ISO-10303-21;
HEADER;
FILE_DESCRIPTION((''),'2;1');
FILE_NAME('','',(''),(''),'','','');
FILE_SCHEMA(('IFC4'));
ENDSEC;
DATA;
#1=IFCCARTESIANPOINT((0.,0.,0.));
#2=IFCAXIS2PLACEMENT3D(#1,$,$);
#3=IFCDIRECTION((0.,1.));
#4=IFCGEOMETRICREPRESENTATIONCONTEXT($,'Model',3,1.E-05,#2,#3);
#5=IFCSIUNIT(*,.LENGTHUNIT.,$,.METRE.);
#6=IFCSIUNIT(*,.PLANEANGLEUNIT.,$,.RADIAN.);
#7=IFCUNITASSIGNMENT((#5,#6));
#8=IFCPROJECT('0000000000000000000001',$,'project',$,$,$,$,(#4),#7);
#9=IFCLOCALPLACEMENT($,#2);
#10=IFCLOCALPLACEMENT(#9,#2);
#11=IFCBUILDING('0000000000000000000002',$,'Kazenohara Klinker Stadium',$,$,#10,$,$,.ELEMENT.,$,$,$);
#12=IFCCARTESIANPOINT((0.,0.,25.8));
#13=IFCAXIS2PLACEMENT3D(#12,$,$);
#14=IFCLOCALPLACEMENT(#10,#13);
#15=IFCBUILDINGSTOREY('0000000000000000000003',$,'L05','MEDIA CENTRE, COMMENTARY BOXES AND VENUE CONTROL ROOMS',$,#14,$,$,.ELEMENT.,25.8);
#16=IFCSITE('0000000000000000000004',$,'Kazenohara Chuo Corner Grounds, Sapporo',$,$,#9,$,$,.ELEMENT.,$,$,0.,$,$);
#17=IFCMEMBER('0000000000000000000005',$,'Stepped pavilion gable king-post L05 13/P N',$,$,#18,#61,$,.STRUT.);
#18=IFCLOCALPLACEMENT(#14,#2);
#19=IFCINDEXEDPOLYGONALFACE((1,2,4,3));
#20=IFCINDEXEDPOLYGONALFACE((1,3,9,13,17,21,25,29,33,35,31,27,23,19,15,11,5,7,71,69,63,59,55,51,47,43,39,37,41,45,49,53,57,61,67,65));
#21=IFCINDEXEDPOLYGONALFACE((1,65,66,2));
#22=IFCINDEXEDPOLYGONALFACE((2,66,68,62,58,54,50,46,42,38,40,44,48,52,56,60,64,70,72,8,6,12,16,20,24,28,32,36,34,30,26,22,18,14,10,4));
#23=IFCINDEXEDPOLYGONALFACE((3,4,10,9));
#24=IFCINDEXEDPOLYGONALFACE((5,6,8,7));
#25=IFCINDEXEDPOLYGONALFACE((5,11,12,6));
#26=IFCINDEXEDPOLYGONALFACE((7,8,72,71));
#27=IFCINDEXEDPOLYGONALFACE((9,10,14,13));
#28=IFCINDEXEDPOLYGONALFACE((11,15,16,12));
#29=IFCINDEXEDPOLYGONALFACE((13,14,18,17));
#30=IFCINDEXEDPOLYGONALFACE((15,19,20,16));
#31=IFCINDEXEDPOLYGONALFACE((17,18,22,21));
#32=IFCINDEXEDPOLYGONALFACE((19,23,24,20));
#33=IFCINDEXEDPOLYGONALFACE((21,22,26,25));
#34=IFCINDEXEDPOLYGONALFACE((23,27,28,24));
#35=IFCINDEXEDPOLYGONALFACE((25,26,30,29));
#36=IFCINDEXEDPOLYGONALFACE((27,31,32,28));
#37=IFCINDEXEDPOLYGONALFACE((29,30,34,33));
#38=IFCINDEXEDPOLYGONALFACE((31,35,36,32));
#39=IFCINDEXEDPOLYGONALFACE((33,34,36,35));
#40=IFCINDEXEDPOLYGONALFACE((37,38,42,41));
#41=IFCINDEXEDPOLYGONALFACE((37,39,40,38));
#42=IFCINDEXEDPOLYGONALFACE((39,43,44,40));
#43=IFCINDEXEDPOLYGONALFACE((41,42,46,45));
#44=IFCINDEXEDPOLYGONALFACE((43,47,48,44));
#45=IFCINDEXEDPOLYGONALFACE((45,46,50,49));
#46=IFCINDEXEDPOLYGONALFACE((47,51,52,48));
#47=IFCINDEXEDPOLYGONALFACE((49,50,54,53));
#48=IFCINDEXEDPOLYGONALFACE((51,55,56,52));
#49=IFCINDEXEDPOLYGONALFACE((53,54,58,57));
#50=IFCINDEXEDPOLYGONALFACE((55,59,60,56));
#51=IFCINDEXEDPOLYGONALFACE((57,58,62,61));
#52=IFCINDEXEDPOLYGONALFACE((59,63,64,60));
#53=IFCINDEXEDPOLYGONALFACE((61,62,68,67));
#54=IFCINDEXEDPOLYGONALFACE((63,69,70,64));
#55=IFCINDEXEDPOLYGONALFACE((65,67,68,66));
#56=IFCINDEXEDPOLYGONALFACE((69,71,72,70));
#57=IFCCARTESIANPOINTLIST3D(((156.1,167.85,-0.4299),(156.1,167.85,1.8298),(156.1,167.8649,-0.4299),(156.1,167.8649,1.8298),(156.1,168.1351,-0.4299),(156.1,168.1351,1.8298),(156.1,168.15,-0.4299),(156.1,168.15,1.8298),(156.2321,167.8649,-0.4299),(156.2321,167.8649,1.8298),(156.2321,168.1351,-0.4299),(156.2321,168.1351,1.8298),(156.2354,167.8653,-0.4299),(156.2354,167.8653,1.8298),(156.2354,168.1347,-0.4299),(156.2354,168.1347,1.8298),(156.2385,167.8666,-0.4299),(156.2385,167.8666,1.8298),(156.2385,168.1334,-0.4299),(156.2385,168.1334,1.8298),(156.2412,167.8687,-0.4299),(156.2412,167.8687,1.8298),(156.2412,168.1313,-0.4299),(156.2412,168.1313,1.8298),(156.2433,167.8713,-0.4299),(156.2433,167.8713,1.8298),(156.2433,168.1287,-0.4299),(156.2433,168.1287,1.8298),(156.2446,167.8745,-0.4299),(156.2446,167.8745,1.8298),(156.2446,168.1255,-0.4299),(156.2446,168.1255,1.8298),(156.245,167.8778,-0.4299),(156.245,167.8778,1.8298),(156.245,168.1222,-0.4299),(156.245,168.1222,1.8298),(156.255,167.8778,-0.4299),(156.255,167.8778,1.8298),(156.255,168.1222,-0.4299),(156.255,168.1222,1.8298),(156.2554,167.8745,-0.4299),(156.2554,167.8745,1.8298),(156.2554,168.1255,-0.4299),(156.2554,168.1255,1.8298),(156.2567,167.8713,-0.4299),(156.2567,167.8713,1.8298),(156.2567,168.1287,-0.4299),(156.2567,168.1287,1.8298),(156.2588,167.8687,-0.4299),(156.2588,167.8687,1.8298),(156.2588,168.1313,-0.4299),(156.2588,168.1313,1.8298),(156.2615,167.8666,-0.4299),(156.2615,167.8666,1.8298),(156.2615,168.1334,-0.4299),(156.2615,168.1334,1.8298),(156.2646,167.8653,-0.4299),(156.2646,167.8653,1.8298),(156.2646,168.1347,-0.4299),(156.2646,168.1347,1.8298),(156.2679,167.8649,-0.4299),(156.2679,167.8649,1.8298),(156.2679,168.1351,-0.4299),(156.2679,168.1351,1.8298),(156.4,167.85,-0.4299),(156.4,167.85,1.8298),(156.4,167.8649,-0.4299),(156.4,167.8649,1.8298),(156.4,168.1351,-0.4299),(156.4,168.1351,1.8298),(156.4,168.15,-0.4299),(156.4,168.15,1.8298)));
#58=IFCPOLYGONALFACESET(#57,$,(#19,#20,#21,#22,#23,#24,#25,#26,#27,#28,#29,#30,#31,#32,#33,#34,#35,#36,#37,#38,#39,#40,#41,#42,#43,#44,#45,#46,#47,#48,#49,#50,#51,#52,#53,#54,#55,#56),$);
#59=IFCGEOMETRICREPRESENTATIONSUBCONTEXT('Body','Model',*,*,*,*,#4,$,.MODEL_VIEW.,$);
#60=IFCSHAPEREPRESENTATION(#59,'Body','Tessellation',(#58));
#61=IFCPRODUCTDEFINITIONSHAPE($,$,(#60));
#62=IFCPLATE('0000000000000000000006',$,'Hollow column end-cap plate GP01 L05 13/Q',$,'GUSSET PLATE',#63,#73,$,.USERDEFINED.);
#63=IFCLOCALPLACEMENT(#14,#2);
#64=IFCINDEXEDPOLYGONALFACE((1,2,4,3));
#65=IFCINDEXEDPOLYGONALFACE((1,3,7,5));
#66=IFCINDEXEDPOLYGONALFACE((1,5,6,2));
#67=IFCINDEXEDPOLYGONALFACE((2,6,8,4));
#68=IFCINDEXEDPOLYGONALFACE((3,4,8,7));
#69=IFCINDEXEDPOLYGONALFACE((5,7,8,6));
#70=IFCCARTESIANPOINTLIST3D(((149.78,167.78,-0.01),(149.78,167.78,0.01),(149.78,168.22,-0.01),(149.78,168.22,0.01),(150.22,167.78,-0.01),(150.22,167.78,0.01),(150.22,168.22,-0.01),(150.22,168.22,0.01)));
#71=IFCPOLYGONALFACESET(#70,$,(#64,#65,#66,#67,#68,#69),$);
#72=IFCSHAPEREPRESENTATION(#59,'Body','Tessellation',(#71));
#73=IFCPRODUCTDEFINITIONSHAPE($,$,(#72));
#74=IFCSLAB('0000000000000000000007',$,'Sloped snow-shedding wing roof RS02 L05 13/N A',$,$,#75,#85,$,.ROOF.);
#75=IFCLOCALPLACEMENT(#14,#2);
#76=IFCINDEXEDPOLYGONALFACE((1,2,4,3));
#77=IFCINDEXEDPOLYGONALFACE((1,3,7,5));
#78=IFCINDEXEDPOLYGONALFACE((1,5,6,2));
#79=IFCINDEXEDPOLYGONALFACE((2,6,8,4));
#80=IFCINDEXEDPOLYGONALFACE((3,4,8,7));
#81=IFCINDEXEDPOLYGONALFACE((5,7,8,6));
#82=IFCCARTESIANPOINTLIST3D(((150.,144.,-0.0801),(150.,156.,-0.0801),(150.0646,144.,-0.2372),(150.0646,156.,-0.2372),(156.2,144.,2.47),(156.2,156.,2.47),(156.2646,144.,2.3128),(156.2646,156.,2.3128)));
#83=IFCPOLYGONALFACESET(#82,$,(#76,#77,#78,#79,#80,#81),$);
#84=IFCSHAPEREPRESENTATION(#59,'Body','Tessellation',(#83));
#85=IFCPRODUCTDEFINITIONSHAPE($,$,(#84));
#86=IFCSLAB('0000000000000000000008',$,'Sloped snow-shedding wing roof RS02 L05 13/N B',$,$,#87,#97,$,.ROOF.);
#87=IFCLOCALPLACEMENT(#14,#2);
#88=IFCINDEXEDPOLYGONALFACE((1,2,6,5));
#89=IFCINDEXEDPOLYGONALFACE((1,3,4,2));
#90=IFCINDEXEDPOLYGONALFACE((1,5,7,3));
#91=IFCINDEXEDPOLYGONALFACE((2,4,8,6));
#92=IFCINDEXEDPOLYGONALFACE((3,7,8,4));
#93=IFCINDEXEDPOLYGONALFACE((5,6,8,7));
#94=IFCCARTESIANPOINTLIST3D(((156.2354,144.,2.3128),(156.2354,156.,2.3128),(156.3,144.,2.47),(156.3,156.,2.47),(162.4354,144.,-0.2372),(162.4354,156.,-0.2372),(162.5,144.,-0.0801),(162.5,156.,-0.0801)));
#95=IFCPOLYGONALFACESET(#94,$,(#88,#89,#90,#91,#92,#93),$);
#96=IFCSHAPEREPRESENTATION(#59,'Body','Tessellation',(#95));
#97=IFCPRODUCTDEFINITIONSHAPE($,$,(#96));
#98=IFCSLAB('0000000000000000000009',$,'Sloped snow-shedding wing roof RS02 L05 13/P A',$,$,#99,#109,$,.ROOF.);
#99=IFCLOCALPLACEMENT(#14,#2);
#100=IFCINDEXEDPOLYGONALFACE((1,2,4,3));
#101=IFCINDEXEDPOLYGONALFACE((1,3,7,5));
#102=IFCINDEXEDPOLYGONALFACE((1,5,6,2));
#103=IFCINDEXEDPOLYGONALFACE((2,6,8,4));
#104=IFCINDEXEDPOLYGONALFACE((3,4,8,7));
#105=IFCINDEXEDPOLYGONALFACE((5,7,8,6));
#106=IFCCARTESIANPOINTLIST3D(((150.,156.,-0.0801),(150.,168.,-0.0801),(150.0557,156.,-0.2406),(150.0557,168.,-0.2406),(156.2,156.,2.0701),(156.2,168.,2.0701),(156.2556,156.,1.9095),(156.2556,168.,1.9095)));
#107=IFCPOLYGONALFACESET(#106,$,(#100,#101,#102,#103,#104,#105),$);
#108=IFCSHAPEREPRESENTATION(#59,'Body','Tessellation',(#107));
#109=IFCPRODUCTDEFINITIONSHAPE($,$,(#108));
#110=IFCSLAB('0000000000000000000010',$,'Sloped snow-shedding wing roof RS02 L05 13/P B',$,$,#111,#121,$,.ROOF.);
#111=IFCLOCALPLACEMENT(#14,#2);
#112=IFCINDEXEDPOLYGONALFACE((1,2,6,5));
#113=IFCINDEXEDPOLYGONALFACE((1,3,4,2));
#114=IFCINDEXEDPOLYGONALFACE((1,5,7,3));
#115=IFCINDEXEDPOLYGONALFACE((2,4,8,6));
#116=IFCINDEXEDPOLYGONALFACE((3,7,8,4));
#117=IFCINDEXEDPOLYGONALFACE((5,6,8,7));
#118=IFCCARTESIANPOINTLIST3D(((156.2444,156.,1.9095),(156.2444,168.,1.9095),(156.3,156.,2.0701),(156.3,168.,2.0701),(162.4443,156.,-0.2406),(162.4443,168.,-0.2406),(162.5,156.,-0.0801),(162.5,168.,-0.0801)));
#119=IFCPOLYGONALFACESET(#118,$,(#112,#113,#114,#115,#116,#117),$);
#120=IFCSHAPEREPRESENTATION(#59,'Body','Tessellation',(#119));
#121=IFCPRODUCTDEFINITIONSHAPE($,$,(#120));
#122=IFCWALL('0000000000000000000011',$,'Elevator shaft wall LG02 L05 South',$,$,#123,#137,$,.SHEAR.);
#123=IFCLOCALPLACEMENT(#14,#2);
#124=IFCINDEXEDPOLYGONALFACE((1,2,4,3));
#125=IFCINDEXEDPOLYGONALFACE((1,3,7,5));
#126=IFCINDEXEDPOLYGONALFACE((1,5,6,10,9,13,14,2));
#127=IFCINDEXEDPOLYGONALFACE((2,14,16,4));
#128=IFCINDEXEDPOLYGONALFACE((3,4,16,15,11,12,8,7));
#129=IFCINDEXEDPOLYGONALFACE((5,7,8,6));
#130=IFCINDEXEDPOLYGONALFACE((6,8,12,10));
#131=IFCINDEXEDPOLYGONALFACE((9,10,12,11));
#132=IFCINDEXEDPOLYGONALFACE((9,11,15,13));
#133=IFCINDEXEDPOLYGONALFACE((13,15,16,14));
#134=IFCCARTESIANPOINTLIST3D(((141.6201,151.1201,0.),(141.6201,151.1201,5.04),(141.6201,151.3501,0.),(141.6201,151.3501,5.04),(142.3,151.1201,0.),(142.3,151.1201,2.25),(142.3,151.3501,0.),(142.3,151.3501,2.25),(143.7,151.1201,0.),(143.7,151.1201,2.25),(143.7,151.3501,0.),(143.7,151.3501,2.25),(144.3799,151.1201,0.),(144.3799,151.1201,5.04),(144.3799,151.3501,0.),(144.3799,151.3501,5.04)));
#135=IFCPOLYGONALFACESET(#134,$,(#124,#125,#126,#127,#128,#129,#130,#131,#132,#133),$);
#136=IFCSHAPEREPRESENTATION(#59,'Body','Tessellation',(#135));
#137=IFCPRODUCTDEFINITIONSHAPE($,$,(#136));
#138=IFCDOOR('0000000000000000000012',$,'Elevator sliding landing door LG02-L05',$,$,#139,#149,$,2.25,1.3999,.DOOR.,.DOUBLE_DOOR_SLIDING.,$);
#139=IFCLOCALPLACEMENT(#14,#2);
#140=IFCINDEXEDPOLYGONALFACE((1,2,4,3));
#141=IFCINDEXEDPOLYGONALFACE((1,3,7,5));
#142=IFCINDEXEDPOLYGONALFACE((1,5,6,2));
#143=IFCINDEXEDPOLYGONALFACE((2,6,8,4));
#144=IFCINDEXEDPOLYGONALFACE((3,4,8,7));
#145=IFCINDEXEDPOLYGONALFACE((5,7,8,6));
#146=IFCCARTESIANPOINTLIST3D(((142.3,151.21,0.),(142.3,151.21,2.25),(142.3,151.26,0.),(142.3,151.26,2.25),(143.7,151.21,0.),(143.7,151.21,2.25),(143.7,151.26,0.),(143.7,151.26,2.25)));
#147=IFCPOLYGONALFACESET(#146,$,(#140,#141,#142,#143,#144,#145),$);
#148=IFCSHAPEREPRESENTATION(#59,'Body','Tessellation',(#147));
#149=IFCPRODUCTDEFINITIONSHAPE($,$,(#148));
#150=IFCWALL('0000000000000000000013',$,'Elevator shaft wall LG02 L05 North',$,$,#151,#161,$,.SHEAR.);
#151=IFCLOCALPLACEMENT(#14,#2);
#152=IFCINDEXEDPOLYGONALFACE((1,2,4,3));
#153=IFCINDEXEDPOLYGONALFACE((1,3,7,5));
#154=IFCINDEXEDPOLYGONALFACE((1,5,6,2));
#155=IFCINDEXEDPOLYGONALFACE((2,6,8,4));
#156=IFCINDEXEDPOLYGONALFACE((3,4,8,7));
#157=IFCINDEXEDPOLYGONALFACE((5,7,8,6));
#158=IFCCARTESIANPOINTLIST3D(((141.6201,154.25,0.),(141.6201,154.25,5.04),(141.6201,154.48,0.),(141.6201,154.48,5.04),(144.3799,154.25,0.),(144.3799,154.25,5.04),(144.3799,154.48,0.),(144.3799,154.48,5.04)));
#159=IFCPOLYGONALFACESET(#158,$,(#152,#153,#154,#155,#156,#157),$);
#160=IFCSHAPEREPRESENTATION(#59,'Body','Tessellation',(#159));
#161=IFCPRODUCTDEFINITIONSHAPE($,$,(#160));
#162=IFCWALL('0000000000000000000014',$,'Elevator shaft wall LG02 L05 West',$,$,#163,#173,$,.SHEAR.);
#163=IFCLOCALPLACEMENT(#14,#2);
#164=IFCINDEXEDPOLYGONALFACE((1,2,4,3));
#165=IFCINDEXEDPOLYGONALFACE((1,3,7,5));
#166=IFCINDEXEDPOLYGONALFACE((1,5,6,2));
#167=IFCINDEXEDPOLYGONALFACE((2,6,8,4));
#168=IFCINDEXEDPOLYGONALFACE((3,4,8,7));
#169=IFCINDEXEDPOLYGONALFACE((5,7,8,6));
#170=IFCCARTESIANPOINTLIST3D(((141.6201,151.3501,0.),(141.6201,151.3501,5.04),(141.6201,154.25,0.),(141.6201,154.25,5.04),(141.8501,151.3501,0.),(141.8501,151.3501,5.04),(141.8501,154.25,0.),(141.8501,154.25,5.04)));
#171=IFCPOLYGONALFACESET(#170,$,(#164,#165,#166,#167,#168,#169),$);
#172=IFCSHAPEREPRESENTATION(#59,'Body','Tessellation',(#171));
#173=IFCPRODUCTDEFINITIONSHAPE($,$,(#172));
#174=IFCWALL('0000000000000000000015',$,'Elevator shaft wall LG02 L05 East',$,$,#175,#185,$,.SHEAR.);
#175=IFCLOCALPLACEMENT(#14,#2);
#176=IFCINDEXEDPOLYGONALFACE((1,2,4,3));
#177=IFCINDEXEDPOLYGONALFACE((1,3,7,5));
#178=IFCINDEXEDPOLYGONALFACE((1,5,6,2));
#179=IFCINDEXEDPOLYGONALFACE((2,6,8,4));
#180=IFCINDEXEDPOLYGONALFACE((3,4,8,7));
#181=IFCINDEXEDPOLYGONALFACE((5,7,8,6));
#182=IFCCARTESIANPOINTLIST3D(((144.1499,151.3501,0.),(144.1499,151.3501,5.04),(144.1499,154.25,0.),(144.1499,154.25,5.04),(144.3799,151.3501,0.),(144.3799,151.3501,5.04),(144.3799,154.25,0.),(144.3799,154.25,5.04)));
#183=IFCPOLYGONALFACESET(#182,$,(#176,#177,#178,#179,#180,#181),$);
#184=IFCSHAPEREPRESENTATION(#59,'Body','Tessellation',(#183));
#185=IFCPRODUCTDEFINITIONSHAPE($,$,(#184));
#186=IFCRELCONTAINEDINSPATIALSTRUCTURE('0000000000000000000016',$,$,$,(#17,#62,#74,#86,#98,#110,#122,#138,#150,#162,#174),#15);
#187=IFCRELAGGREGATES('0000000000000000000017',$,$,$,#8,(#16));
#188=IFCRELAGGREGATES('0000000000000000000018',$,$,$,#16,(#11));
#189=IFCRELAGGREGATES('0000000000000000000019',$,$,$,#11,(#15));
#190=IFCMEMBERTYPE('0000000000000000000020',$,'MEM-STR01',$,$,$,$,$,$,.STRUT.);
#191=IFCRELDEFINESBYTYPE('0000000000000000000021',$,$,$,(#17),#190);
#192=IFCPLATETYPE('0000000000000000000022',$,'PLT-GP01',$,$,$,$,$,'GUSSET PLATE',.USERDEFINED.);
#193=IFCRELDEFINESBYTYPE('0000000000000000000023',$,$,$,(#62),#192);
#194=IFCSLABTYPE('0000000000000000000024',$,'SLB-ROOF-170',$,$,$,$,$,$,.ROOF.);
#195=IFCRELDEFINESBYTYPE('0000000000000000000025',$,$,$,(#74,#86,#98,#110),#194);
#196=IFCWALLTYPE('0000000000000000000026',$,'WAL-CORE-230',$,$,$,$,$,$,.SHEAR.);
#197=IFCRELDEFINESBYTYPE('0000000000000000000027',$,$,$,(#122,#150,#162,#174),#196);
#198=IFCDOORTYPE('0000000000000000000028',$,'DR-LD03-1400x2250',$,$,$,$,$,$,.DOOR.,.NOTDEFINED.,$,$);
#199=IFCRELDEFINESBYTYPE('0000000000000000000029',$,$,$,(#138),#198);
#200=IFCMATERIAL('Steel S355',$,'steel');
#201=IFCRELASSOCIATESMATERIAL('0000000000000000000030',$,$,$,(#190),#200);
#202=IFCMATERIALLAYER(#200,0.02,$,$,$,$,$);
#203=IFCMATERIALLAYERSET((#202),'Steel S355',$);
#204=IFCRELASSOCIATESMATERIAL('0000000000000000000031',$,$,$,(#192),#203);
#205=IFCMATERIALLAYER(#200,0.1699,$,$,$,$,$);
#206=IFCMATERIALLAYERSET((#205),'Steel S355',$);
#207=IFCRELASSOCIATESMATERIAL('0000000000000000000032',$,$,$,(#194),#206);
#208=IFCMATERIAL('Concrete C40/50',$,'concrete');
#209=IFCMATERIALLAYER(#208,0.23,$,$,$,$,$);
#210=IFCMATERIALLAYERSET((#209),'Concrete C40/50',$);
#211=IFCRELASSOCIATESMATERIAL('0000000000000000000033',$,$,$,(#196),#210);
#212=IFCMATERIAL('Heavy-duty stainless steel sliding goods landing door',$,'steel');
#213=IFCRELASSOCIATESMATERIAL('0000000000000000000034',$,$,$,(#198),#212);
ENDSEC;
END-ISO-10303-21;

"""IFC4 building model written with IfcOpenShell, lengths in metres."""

from ifc_helpers import new_model, si_unit, direction, frame, frame_2d, origin, origin_2d, place, context, subcontext, project, spatial, polyline, rectangle, i_section, outline, extrude, material, layer, layer_set, material_profile, profile_set, type_object, element, fill, save


model = new_model("IFC4")

# Units and contexts
model_context = context("Model", 3, precision=1e-05, world=origin(), true_north=direction((0.0, 1.0)))
body_context = subcontext(model_context, "Body", "Model", "MODEL_VIEW")
ifc_project = project(units=[si_unit("LENGTHUNIT", "METRE"), si_unit("PLANEANGLEUNIT", "RADIAN")], contexts=[model_context])

# Site, building, storey
site_placement = place(None, origin())
site = spatial("IfcSite", under=ifc_project, at=site_placement, Name="Kazenohara Chuo Corner Grounds, Sapporo", CompositionType="ELEMENT", RefElevation=0.0)
building_placement = place(site_placement, origin())
building = spatial("IfcBuilding", under=site, at=building_placement, Name="Kazenohara Klinker Stadium", CompositionType="ELEMENT")
storey_placement = place(building_placement, frame((0.0, 0.0, 25.8)))
storey = spatial("IfcBuildingStorey", under=building, at=storey_placement, Name="L05", Description="MEDIA CENTRE, COMMENTARY BOXES AND VENUE CONTROL ROOMS", CompositionType="ELEMENT", Elevation=25.8)

# Shared definitions
ifc_material_1 = material(Name="Concrete C40/50", Category="concrete")

# Shared definitions
ifc_material_2 = material(Name="Steel S355", Category="steel")

# Member
ifc_material_profile_1 = material_profile(ifc_material_2, i_section(OverallWidth=0.3, OverallDepth=0.3, WebThickness=0.01, FlangeThickness=0.0149, FilletRadius=0.0129, at=origin_2d()), Name="H-300x300x10x15")
ifc_profile_set_1 = profile_set([ifc_material_profile_1], Name="Steel S355")
member_type_1 = type_object("IfcMemberType", Name="MEM-STR01", PredefinedType="STRUT", material=ifc_profile_set_1)
member_placement = place(storey_placement, frame((156.25, 168.0, -0.4299), z_axis=(0.0, 0.0, 1.0), x_axis=(1.0, 0.0, 0.0)))
element("IfcMember", 1, at=member_placement, inside=storey, type_object=member_type_1, Name="Stepped pavilion gable king-post L05 13/P N", PredefinedType="STRUT", context=body_context, shape_type="SweptSolid", body=[
    extrude(i_section(OverallWidth=0.3, OverallDepth=0.3, WebThickness=0.01, FlangeThickness=0.0149, FilletRadius=0.0129, at=origin_2d()), origin(), (0.0, 0.0, 1.0), 2.2598),
])

# Plate
ifc_layer_1 = layer(ifc_material_2, 0.02)
ifc_layer_set_1 = layer_set([ifc_layer_1], Name="Steel S355")
plate_type = type_object("IfcPlateType", Name="PLT-GP01", ElementType="GUSSET PLATE", PredefinedType="USERDEFINED", material=ifc_layer_set_1)
plate_placement = place(storey_placement, frame((150.0, 168.0, -0.01), z_axis=(0.0, 0.0, 1.0), x_axis=(1.0, 0.0, 0.0)))
element("IfcPlate", 2, at=plate_placement, inside=storey, type_object=plate_type, Name="Hollow column end-cap plate GP01 L05 13/Q", ObjectType="GUSSET PLATE", PredefinedType="USERDEFINED", context=body_context, shape_type="SweptSolid", body=[
    extrude(rectangle(XDim=0.4399, YDim=0.4399, at=origin_2d()), origin(), (0.0, 0.0, 1.0), 0.02),
])

# Slabs
ifc_layer_2 = layer(ifc_material_2, 0.1699)
ifc_layer_set_2 = layer_set([ifc_layer_2], Name="Steel S355")
slab_type = type_object("IfcSlabType", Name="SLB-ROOF-170", PredefinedType="ROOF", material=ifc_layer_set_2)
for number, where, z_axis, x_axis, name in (
    (3, (150.0, 144.0, -0.0801), (-0.380383, 0.0, 0.924829), (0.924829, 0.0, 0.380383), "Sloped snow-shedding wing roof RS02 L05 13/N A"),
    (4, (156.3, 144.0, 2.47), (0.380383, 0.0, 0.924829), (0.924829, 0.0, -0.380383), "Sloped snow-shedding wing roof RS02 L05 13/N B"),
):
    element("IfcSlab", number, at=place(storey_placement, frame(where, z_axis=z_axis, x_axis=x_axis)), inside=storey, type_object=slab_type, Name=name, PredefinedType="ROOF", context=body_context, shape_type="SweptSolid", body=[
        extrude(outline(polyline([(0.0, 0.0), (6.7039, 0.0), (6.7039, 12.0), (0.0, 12.0), (0.0, 0.0)])), origin(), (0.0, 0.0, -1.0), 0.1699),
    ])
for number, where, z_axis, x_axis, name in (
    (5, (150.0, 156.0, -0.0801), (-0.327656, 0.0, 0.944797), (0.944797, 0.0, 0.327656), "Sloped snow-shedding wing roof RS02 L05 13/P A"),
    (6, (156.3, 156.0, 2.0701), (0.327656, 0.0, 0.944797), (0.944797, 0.0, -0.327656), "Sloped snow-shedding wing roof RS02 L05 13/P B"),
):
    element("IfcSlab", number, at=place(storey_placement, frame(where, z_axis=z_axis, x_axis=x_axis)), inside=storey, type_object=slab_type, Name=name, PredefinedType="ROOF", context=body_context, shape_type="SweptSolid", body=[
        extrude(outline(polyline([(0.0, 0.0), (6.5622, 0.0), (6.5622, 12.0), (0.0, 12.0), (0.0, 0.0)])), origin(), (0.0, 0.0, -1.0), 0.1699),
    ])

# Wall, opening, door
ifc_layer_3 = layer(ifc_material_1, 0.23)
ifc_layer_set_3 = layer_set([ifc_layer_3], Name="Concrete C40/50")
wall_type_1 = type_object("IfcWallType", Name="WAL-CORE-230", PredefinedType="SHEAR", material=ifc_layer_set_3)
wall_1_placement = place(storey_placement, frame((141.6201, 151.2351, 0.0), z_axis=(0.0, 0.0, 1.0), x_axis=(1.0, 0.0, 0.0)))
wall_1 = element("IfcWall", 7, at=wall_1_placement, inside=storey, type_object=wall_type_1, Name="Elevator shaft wall LG02 L05 South", PredefinedType="SHEAR", context=body_context, shape_type="SweptSolid", body=[
    extrude(rectangle(XDim=2.7598, YDim=0.23, at=frame_2d((1.3799, 0.0))), origin(), (0.0, 0.0, 1.0), 5.04),
])
opening_1_placement = place(wall_1_placement, frame((0.6799, 0.0, 0.0)))
opening_1 = element("IfcOpeningElement", 8, at=opening_1_placement, cuts=wall_1, PredefinedType="OPENING", context=body_context, shape_type="SweptSolid", body=[
    extrude(rectangle(XDim=1.3999, YDim=2.25, at=frame_2d((0.7, 1.125))), frame((0.0, 0.125, 0.0), z_axis=(0.0, -1.0, 0.0), x_axis=(1.0, 0.0, 0.0)), (0.0, 0.0, 1.0), 0.25),
])
ifc_material_3 = material(Name="Heavy-duty stainless steel sliding goods landing door", Category="steel")
door_type = type_object("IfcDoorType", Name="DR-LD03-1400x2250", OperationType="NOTDEFINED", PredefinedType="DOOR", material=ifc_material_3)
door_placement = place(opening_1_placement, origin())
door = element("IfcDoor", 9, at=door_placement, inside=storey, type_object=door_type, Name="Elevator sliding landing door LG02-L05", OperationType="DOUBLE_DOOR_SLIDING", OverallHeight=2.25, OverallWidth=1.3999, PredefinedType="DOOR", context=body_context, shape_type="SweptSolid", body=[
    extrude(rectangle(XDim=1.3999, YDim=2.25, at=frame_2d((0.7, 1.125))), frame((0.0, 0.0249, 0.0), z_axis=(0.0, -1.0, 0.0), x_axis=(1.0, 0.0, 0.0)), (0.0, 0.0, 1.0), 0.05),
])
fill(opening_1, door)

# Walls
wall_2_placement = place(storey_placement, frame((141.6201, 154.365, 0.0), z_axis=(0.0, 0.0, 1.0), x_axis=(1.0, 0.0, 0.0)))
element("IfcWall", 10, at=wall_2_placement, inside=storey, type_object=wall_type_1, Name="Elevator shaft wall LG02 L05 North", PredefinedType="SHEAR", context=body_context, shape_type="SweptSolid", body=[
    extrude(rectangle(XDim=2.7598, YDim=0.23, at=frame_2d((1.3799, 0.0))), origin(), (0.0, 0.0, 1.0), 5.04),
])
for number, where, z_axis, x_axis, name in (
    (11, (141.7351, 151.3501, 0.0), (0.0, 0.0, 1.0), (0.0, 1.0, 0.0), "Elevator shaft wall LG02 L05 West"),
    (12, (144.2649, 151.3501, 0.0), (0.0, 0.0, 1.0), (0.0, 1.0, 0.0), "Elevator shaft wall LG02 L05 East"),
):
    element("IfcWall", number, at=place(storey_placement, frame(where, z_axis=z_axis, x_axis=x_axis)), inside=storey, type_object=wall_type_1, Name=name, PredefinedType="SHEAR", context=body_context, shape_type="SweptSolid", body=[
        extrude(rectangle(XDim=2.8999, YDim=0.23, at=frame_2d((1.45, 0.0))), origin(), (0.0, 0.0, 1.0), 5.04),
    ])

save(model, "model.ifc")
